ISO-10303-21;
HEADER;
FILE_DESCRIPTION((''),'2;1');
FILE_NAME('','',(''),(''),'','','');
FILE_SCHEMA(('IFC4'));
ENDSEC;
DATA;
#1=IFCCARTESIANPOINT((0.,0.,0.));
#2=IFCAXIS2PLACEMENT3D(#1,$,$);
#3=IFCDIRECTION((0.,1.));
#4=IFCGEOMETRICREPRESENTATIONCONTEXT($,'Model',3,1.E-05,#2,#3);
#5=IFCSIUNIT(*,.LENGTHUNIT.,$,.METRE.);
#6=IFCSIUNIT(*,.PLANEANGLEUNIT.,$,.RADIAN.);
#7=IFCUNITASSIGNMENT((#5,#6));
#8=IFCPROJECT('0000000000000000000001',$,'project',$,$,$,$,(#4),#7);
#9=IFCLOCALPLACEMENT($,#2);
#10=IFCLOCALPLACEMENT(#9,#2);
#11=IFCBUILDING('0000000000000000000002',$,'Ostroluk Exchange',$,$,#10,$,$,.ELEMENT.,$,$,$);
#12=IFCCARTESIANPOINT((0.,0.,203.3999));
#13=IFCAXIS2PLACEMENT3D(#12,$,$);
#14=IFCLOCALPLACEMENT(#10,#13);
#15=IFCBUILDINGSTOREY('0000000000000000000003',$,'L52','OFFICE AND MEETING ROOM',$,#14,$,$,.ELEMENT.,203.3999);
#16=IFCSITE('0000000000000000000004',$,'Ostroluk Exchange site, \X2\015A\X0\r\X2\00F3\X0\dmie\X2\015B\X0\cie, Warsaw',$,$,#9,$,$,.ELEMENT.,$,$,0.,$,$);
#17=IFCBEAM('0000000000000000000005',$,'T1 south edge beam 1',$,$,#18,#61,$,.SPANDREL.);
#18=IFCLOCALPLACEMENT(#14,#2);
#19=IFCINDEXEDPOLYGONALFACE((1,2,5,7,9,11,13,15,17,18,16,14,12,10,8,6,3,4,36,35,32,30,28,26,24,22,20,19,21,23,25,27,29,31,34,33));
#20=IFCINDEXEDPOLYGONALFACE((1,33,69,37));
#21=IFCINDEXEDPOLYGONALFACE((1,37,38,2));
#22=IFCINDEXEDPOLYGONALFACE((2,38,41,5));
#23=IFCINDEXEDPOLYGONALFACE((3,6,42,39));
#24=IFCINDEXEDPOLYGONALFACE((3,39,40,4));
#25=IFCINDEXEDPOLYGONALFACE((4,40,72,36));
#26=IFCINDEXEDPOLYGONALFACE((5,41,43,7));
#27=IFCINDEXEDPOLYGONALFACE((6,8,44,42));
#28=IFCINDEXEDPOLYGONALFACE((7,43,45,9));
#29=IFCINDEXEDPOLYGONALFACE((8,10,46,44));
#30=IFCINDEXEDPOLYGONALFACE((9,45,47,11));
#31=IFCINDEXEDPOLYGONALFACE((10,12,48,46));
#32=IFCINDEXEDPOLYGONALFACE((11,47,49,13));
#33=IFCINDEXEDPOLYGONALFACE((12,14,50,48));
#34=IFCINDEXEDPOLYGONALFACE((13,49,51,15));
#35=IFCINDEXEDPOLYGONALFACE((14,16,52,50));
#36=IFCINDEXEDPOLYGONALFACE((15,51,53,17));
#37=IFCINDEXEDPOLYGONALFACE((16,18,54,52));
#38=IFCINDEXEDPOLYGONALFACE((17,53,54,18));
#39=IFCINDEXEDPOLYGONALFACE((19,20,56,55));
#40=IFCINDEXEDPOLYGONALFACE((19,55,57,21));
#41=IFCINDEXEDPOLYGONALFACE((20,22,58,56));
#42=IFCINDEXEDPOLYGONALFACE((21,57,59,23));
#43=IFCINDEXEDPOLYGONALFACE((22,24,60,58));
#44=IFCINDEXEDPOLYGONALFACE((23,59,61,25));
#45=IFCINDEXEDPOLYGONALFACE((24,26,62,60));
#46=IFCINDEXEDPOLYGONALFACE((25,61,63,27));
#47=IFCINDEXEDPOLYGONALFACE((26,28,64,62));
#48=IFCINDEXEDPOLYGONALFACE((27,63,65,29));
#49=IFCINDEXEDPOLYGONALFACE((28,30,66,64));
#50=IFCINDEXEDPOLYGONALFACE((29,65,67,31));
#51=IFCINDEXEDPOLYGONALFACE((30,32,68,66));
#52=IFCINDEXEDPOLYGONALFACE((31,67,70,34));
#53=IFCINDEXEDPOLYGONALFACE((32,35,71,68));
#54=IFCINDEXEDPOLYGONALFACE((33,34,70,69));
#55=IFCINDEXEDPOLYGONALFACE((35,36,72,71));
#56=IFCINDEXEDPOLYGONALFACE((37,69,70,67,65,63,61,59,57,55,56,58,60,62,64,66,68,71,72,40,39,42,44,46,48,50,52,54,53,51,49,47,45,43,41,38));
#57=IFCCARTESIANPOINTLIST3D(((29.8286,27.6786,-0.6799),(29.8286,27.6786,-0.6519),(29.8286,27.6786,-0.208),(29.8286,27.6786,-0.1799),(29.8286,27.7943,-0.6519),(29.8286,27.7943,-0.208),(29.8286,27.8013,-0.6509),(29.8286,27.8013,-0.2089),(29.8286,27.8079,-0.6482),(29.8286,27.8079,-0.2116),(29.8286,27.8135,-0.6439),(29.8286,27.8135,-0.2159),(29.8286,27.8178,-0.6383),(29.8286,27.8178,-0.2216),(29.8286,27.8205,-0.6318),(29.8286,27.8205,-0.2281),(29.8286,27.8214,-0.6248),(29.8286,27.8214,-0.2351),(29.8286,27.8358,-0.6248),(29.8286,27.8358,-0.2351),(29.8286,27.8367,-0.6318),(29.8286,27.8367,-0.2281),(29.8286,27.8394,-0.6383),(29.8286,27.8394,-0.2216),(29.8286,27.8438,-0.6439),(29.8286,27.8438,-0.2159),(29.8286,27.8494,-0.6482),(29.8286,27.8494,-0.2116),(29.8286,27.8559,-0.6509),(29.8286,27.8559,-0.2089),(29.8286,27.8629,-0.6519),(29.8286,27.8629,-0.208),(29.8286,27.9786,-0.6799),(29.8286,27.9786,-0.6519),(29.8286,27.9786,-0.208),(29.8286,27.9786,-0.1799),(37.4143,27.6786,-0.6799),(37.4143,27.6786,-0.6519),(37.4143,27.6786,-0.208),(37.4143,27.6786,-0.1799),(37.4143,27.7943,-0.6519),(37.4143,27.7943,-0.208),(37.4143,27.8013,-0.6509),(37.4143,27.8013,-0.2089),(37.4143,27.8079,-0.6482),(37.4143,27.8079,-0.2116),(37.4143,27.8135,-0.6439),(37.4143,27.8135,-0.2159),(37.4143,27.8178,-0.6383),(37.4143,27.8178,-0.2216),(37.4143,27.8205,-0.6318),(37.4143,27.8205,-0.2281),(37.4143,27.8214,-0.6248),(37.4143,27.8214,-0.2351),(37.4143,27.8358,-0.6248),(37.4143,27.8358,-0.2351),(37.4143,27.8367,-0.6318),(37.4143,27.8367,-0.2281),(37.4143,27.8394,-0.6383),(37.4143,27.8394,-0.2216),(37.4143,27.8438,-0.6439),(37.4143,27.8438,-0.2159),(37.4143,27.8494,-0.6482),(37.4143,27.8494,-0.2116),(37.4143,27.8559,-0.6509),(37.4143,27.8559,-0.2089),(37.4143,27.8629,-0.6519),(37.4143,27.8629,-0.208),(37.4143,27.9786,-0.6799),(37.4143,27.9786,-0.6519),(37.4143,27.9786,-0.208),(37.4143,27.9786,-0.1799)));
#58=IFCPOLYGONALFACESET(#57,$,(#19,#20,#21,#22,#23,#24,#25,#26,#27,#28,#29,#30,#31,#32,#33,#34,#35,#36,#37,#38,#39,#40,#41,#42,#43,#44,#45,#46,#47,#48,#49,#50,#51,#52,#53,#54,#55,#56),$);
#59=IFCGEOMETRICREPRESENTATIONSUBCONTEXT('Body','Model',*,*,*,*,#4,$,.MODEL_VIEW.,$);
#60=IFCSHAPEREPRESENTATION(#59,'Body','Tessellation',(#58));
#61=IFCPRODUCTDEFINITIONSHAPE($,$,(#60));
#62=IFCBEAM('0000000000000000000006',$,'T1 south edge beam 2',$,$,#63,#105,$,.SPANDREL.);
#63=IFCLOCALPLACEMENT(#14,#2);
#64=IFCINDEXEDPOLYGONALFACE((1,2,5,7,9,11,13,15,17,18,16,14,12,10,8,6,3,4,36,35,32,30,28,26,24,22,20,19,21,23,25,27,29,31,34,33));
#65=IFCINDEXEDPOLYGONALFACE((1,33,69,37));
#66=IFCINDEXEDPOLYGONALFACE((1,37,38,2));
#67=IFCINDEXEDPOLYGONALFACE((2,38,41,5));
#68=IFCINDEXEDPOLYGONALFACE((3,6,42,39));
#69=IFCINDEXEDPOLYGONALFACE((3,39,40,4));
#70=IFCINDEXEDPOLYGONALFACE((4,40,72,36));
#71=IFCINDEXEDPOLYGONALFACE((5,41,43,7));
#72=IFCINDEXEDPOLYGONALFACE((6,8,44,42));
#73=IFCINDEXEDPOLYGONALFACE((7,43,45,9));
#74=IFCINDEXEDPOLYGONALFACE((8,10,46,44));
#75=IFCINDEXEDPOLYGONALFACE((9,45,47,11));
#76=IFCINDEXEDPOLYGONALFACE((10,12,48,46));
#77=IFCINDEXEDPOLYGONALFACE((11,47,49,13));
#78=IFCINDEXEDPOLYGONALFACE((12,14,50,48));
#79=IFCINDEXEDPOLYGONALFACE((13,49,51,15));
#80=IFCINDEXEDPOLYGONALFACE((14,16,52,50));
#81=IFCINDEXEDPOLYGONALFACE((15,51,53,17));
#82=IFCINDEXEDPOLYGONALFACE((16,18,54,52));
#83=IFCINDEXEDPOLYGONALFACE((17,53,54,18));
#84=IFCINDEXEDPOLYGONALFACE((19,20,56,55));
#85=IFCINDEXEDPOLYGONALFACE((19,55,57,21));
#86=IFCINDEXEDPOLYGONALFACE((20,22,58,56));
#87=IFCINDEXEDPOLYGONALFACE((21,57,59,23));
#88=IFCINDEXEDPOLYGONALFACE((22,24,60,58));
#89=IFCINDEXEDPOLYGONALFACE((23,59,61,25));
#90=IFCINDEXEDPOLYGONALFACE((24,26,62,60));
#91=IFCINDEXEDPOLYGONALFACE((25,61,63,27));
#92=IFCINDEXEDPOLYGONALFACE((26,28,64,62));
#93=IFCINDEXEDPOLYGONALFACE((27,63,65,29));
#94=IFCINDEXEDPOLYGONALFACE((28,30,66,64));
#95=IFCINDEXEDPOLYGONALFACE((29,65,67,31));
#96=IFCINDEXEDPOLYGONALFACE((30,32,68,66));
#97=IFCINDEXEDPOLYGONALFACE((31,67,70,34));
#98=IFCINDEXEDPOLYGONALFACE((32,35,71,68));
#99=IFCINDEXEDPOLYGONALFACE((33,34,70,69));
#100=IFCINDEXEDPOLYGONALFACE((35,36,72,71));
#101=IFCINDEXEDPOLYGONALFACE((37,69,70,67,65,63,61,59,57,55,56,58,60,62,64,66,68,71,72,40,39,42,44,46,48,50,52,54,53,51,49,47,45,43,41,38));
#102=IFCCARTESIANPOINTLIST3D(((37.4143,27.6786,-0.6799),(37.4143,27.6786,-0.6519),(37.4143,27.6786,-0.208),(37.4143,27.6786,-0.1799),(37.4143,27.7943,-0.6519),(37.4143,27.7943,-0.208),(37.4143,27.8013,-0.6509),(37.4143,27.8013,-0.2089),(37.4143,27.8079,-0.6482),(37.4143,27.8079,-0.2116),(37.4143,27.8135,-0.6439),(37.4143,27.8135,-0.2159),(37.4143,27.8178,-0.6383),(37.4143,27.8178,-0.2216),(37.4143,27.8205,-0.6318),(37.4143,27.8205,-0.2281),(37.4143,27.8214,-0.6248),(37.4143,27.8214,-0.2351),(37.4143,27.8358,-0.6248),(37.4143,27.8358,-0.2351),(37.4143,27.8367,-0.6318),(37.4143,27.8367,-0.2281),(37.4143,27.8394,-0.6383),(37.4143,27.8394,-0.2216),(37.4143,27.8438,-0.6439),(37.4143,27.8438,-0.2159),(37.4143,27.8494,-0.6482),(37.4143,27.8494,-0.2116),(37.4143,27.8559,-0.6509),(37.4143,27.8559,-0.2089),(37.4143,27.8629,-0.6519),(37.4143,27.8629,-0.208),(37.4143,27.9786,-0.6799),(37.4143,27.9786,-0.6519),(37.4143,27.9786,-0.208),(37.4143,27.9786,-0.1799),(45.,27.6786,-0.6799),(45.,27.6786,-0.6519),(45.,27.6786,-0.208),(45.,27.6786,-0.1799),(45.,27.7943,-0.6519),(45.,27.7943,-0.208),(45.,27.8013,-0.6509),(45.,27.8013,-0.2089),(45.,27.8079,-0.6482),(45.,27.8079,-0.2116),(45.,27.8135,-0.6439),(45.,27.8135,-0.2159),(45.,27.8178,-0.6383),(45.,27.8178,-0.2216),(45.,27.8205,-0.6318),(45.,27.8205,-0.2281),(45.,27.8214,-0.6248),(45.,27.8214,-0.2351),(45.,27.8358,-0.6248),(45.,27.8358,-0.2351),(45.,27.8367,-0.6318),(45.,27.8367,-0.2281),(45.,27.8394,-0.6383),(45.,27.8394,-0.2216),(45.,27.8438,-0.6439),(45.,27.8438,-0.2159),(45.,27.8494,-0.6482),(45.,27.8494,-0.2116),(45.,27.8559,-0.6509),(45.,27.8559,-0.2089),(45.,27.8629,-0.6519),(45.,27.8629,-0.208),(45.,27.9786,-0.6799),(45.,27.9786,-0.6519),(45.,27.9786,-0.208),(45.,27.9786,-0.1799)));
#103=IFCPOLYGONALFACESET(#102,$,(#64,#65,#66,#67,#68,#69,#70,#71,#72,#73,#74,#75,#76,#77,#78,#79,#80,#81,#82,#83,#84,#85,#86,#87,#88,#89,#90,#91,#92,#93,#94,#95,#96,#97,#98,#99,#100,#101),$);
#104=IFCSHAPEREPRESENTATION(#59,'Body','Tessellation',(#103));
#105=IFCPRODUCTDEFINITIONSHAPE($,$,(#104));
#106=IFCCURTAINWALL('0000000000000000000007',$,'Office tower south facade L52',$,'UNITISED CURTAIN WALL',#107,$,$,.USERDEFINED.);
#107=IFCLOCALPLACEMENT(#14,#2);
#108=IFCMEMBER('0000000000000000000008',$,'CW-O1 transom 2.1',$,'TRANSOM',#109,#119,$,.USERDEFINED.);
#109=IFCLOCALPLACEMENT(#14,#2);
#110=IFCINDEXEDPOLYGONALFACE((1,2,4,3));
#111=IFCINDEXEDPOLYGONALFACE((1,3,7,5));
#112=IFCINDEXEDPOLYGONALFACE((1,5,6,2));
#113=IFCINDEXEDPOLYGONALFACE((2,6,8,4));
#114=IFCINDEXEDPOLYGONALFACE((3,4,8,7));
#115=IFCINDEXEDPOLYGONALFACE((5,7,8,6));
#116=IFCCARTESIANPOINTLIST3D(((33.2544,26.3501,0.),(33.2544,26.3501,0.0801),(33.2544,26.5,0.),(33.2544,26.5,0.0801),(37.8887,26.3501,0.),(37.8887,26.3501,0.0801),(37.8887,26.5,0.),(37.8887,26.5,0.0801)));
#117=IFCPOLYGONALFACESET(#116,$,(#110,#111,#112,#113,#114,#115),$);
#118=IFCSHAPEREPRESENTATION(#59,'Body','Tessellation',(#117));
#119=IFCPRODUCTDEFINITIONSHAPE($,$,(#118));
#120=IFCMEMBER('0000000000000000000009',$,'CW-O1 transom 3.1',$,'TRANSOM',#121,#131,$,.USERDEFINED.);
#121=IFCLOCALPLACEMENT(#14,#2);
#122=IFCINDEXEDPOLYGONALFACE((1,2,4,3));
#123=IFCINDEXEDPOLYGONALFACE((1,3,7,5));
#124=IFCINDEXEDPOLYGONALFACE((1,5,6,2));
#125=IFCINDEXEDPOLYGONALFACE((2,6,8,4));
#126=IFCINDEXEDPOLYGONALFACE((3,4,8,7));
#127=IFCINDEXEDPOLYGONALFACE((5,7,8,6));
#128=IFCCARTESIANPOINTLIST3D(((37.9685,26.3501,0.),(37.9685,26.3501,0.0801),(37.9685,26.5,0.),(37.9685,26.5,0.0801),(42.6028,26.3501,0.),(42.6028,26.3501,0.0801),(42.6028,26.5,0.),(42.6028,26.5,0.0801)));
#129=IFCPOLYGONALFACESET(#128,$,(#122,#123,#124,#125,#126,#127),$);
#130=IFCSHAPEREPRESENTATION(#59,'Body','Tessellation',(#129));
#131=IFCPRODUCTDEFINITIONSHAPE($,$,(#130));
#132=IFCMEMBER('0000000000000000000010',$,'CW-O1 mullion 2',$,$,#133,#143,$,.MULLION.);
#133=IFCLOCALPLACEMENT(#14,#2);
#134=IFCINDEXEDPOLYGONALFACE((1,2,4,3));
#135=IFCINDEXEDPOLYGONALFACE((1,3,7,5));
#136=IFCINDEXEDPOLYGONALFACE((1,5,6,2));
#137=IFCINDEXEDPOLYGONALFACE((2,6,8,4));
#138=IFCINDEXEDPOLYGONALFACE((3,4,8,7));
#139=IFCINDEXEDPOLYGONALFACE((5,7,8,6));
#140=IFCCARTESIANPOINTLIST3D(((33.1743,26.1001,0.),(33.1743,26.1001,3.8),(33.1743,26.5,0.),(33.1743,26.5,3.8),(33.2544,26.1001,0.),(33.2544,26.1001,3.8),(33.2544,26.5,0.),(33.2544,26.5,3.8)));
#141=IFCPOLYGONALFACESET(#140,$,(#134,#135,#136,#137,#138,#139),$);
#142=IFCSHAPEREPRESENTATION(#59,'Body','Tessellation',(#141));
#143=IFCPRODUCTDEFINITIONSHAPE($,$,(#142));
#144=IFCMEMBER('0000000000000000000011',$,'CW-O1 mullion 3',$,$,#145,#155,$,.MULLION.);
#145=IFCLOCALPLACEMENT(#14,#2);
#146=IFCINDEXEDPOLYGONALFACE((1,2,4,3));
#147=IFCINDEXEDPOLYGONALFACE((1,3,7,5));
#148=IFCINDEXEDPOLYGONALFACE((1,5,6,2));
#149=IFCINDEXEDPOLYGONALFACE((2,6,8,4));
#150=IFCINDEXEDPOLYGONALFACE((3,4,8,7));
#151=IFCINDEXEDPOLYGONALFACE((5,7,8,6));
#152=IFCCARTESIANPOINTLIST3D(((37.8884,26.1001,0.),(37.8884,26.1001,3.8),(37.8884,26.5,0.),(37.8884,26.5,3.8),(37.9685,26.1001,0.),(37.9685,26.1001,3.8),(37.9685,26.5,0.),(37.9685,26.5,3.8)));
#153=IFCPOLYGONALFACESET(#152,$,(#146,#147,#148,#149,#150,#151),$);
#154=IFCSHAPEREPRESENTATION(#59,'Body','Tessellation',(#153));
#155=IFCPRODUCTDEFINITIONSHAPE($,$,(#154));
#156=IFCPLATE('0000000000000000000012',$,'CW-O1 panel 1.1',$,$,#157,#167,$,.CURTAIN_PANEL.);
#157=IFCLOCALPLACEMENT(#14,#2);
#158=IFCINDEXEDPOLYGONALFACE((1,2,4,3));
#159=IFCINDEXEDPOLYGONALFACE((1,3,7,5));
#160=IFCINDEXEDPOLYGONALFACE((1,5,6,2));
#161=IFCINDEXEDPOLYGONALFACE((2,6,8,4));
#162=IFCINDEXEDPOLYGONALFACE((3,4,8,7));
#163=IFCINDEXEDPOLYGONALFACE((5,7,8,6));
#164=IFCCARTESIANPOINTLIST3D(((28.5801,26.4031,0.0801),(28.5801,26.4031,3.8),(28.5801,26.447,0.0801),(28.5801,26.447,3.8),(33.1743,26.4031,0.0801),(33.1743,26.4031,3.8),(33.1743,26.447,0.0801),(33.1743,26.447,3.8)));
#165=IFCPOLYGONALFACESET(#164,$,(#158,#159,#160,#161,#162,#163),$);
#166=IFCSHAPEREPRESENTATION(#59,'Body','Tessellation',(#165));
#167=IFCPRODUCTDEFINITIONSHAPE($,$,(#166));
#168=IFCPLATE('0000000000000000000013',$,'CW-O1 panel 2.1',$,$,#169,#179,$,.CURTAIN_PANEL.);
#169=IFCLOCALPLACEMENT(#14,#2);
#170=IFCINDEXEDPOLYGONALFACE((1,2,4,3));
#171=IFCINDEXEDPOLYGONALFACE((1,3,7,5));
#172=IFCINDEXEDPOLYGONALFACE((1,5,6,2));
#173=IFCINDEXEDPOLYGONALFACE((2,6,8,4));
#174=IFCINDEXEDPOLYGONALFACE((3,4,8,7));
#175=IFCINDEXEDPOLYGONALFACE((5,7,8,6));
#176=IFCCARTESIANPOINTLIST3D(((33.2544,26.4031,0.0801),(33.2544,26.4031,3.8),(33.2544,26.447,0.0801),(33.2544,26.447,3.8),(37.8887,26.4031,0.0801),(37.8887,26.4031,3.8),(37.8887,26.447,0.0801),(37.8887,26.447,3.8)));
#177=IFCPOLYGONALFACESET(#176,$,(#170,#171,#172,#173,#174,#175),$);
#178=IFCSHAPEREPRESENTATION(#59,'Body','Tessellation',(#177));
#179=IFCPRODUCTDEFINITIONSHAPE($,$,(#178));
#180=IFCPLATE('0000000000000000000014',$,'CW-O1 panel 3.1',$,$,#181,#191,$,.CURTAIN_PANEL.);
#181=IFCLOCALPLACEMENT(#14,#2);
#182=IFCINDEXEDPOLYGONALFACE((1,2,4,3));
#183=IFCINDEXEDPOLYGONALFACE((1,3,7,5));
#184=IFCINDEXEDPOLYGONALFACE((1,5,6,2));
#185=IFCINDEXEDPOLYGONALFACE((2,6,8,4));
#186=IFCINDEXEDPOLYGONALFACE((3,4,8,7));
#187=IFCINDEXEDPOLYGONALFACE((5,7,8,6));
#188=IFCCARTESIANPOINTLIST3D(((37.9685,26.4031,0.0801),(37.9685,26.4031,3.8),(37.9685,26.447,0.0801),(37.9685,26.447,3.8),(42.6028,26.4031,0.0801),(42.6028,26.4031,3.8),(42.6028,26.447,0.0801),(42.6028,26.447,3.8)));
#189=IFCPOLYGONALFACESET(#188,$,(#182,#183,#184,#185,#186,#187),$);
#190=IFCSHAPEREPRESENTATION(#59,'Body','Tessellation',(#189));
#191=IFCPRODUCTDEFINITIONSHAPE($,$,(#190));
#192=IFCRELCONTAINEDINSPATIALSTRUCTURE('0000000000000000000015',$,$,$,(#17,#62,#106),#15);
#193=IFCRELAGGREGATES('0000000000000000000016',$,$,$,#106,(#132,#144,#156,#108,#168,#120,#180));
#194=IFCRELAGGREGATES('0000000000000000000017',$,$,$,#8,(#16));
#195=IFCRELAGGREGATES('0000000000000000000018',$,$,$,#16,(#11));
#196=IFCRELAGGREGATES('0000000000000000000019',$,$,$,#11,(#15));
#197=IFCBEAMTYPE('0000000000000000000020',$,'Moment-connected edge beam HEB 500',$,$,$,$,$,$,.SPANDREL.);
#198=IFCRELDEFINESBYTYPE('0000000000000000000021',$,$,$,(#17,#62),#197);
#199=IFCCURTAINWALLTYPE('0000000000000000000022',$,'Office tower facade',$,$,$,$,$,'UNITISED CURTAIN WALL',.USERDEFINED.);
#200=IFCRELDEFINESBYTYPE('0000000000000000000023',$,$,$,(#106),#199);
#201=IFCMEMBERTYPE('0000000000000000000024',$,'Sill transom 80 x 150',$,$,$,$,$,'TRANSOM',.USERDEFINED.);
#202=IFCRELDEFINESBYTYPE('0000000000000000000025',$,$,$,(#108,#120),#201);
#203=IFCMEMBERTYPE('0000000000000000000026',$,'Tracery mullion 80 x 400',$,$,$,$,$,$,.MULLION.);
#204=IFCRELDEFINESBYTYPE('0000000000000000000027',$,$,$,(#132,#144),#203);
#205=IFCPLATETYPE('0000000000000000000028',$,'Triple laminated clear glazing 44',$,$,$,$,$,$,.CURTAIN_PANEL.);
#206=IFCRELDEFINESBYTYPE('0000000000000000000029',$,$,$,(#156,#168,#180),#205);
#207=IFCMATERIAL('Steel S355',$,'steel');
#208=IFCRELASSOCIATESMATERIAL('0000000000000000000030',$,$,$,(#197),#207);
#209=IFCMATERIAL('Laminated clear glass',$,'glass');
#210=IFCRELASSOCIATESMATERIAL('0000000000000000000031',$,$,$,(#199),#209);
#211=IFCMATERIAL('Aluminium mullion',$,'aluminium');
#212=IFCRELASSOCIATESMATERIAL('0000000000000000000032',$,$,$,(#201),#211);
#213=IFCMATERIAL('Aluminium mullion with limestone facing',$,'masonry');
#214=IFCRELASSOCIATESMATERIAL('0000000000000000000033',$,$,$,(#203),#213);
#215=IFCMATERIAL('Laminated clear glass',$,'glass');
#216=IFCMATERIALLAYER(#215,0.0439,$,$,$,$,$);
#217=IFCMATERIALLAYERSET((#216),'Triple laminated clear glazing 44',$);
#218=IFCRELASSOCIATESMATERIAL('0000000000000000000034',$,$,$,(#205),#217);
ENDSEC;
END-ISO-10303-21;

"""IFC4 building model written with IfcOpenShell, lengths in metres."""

from ifc_helpers import new_model, si_unit, direction, frame, origin, origin_2d, place, context, subcontext, project, spatial, rectangle, i_section, extrude, material, layer, layer_set, material_profile, profile_set, type_object, element, aggregate, save


model = new_model("IFC4")

# Units and contexts
model_context = context("Model", 3, precision=1e-05, world=origin(), true_north=direction((0.0, 1.0)))
body_context = subcontext(model_context, "Body", "Model", "MODEL_VIEW")
ifc_project = project(units=[si_unit("LENGTHUNIT", "METRE"), si_unit("PLANEANGLEUNIT", "RADIAN")], contexts=[model_context])

# Site, building, storey
site_placement = place(None, origin())
site = spatial("IfcSite", under=ifc_project, at=site_placement, Name="Ostroluk Exchange site, Śródmieście, Warsaw", CompositionType="ELEMENT", RefElevation=0.0)
building_placement = place(site_placement, origin())
building = spatial("IfcBuilding", under=site, at=building_placement, Name="Ostroluk Exchange", CompositionType="ELEMENT")
storey_placement = place(building_placement, frame((0.0, 0.0, 203.3999)))
storey = spatial("IfcBuildingStorey", under=building, at=storey_placement, Name="L52", Description="OFFICE AND MEETING ROOM", CompositionType="ELEMENT", Elevation=203.3999)

# Beams
ifc_material_1 = material(Name="Steel S355", Category="steel")
ifc_material_profile_1 = material_profile(ifc_material_1, i_section(OverallWidth=0.3, OverallDepth=0.5, WebThickness=0.0144, FlangeThickness=0.0281, FilletRadius=0.0271, at=origin_2d()), Name="HEB 500")
ifc_profile_set_1 = profile_set([ifc_material_profile_1], Name="Steel S355")
beam_type_1 = type_object("IfcBeamType", Name="Moment-connected edge beam HEB 500", PredefinedType="SPANDREL", material=ifc_profile_set_1)
for number, where, z_axis, x_axis, name in (
    (1, (29.8286, 27.8286, -0.4299), (1.0, 0.0, 0.0), (0.0, 1.0, 0.0), "T1 south edge beam 1"),
    (2, (37.4143, 27.8286, -0.4299), (1.0, 0.0, 0.0), (0.0, 1.0, 0.0), "T1 south edge beam 2"),
):
    element("IfcBeam", number, at=place(storey_placement, frame(where, z_axis=z_axis, x_axis=x_axis)), inside=storey, type_object=beam_type_1, Name=name, PredefinedType="SPANDREL", context=body_context, shape_type="SweptSolid", body=[
        extrude(i_section(OverallWidth=0.3, OverallDepth=0.5, WebThickness=0.0144, FlangeThickness=0.0281, FilletRadius=0.0271, at=origin_2d()), origin(), (0.0, 0.0, 1.0), 7.5857),
    ])

# Curtain wall, members, plates
ifc_material_2 = material(Name="Laminated clear glass", Category="glass")
curtain_wall_type = type_object("IfcCurtainWallType", Name="Office tower facade", ElementType="UNITISED CURTAIN WALL", PredefinedType="USERDEFINED", material=ifc_material_2)
curtain_wall_placement = place(storey_placement, origin())
curtain_wall = element("IfcCurtainWall", 3, at=curtain_wall_placement, inside=storey, type_object=curtain_wall_type, Name="Office tower south facade L52", ObjectType="UNITISED CURTAIN WALL", PredefinedType="USERDEFINED")
ifc_material_3 = material(Name="Aluminium mullion", Category="aluminium")
ifc_material_profile_2 = material_profile(ifc_material_3, rectangle(XDim=0.1499, YDim=0.0801, at=origin_2d()), Name="Sill transom 80 x 150")
ifc_profile_set_2 = profile_set([ifc_material_profile_2], Name="Aluminium mullion")
member_type_1 = type_object("IfcMemberType", Name="Sill transom 80 x 150", ElementType="TRANSOM", PredefinedType="USERDEFINED", material=ifc_profile_set_2)
member_1_placement = place(storey_placement, frame((33.2544, 26.425, 0.04), z_axis=(1.0, 0.0, 0.0), x_axis=(0.0, 1.0, 0.0)))
member_1 = element("IfcMember", 4, at=member_1_placement, type_object=member_type_1, Name="CW-O1 transom 2.1", ObjectType="TRANSOM", PredefinedType="USERDEFINED", context=body_context, shape_type="SweptSolid", body=[
    extrude(rectangle(XDim=0.1499, YDim=0.0801, at=origin_2d()), origin(), (0.0, 0.0, 1.0), 4.6343),
])
member_2_placement = place(storey_placement, frame((37.9685, 26.425, 0.04), z_axis=(1.0, 0.0, 0.0), x_axis=(0.0, 1.0, 0.0)))
member_2 = element("IfcMember", 5, at=member_2_placement, type_object=member_type_1, Name="CW-O1 transom 3.1", ObjectType="TRANSOM", PredefinedType="USERDEFINED", context=body_context, shape_type="SweptSolid", body=[
    extrude(rectangle(XDim=0.1499, YDim=0.0801, at=origin_2d()), origin(), (0.0, 0.0, 1.0), 4.6343),
])
ifc_material_4 = material(Name="Aluminium mullion with limestone facing", Category="masonry")
ifc_material_profile_3 = material_profile(ifc_material_4, rectangle(XDim=0.3999, YDim=0.0801, at=origin_2d()), Name="Tracery mullion 80 x 400")
ifc_profile_set_3 = profile_set([ifc_material_profile_3], Name="Aluminium mullion with limestone facing")
member_type_2 = type_object("IfcMemberType", Name="Tracery mullion 80 x 400", PredefinedType="MULLION", material=ifc_profile_set_3)
member_3_placement = place(storey_placement, frame((33.2144, 26.3, 0.0), z_axis=(0.0, 0.0, 1.0), x_axis=(0.0, 1.0, 0.0)))
member_3 = element("IfcMember", 6, at=member_3_placement, type_object=member_type_2, Name="CW-O1 mullion 2", PredefinedType="MULLION", context=body_context, shape_type="SweptSolid", body=[
    extrude(rectangle(XDim=0.3999, YDim=0.0801, at=origin_2d()), origin(), (0.0, 0.0, 1.0), 3.8),
])
member_4_placement = place(storey_placement, frame((37.9285, 26.3, 0.0), z_axis=(0.0, 0.0, 1.0), x_axis=(0.0, 1.0, 0.0)))
member_4 = element("IfcMember", 7, at=member_4_placement, type_object=member_type_2, Name="CW-O1 mullion 3", PredefinedType="MULLION", context=body_context, shape_type="SweptSolid", body=[
    extrude(rectangle(XDim=0.3999, YDim=0.0801, at=origin_2d()), origin(), (0.0, 0.0, 1.0), 3.8),
])
ifc_material_5 = material(Name="Laminated clear glass", Category="glass")
ifc_layer_1 = layer(ifc_material_5, 0.0439)
ifc_layer_set_1 = layer_set([ifc_layer_1], Name="Triple laminated clear glazing 44")
plate_type = type_object("IfcPlateType", Name="Triple laminated clear glazing 44", PredefinedType="CURTAIN_PANEL", material=ifc_layer_set_1)
plate_1_placement = place(storey_placement, frame((30.8772, 26.425, 0.0801), z_axis=(0.0, 0.0, 1.0), x_axis=(1.0, 0.0, 0.0)))
plate_1 = element("IfcPlate", 8, at=plate_1_placement, type_object=plate_type, Name="CW-O1 panel 1.1", PredefinedType="CURTAIN_PANEL", context=body_context, shape_type="SweptSolid", body=[
    extrude(rectangle(XDim=4.5942, YDim=0.0439, at=origin_2d()), origin(), (0.0, 0.0, 1.0), 3.72),
])
plate_2_placement = place(storey_placement, frame((35.5715, 26.425, 0.0801), z_axis=(0.0, 0.0, 1.0), x_axis=(1.0, 0.0, 0.0)))
plate_2 = element("IfcPlate", 9, at=plate_2_placement, type_object=plate_type, Name="CW-O1 panel 2.1", PredefinedType="CURTAIN_PANEL", context=body_context, shape_type="SweptSolid", body=[
    extrude(rectangle(XDim=4.6343, YDim=0.0439, at=origin_2d()), origin(), (0.0, 0.0, 1.0), 3.72),
])
plate_3_placement = place(storey_placement, frame((40.2856, 26.425, 0.0801), z_axis=(0.0, 0.0, 1.0), x_axis=(1.0, 0.0, 0.0)))
plate_3 = element("IfcPlate", 10, at=plate_3_placement, type_object=plate_type, Name="CW-O1 panel 3.1", PredefinedType="CURTAIN_PANEL", context=body_context, shape_type="SweptSolid", body=[
    extrude(rectangle(XDim=4.6343, YDim=0.0439, at=origin_2d()), origin(), (0.0, 0.0, 1.0), 3.72),
])
aggregate(curtain_wall, [member_3, member_4, plate_1, member_1, plate_2, member_2, plate_3])

save(model, "model.ifc")
